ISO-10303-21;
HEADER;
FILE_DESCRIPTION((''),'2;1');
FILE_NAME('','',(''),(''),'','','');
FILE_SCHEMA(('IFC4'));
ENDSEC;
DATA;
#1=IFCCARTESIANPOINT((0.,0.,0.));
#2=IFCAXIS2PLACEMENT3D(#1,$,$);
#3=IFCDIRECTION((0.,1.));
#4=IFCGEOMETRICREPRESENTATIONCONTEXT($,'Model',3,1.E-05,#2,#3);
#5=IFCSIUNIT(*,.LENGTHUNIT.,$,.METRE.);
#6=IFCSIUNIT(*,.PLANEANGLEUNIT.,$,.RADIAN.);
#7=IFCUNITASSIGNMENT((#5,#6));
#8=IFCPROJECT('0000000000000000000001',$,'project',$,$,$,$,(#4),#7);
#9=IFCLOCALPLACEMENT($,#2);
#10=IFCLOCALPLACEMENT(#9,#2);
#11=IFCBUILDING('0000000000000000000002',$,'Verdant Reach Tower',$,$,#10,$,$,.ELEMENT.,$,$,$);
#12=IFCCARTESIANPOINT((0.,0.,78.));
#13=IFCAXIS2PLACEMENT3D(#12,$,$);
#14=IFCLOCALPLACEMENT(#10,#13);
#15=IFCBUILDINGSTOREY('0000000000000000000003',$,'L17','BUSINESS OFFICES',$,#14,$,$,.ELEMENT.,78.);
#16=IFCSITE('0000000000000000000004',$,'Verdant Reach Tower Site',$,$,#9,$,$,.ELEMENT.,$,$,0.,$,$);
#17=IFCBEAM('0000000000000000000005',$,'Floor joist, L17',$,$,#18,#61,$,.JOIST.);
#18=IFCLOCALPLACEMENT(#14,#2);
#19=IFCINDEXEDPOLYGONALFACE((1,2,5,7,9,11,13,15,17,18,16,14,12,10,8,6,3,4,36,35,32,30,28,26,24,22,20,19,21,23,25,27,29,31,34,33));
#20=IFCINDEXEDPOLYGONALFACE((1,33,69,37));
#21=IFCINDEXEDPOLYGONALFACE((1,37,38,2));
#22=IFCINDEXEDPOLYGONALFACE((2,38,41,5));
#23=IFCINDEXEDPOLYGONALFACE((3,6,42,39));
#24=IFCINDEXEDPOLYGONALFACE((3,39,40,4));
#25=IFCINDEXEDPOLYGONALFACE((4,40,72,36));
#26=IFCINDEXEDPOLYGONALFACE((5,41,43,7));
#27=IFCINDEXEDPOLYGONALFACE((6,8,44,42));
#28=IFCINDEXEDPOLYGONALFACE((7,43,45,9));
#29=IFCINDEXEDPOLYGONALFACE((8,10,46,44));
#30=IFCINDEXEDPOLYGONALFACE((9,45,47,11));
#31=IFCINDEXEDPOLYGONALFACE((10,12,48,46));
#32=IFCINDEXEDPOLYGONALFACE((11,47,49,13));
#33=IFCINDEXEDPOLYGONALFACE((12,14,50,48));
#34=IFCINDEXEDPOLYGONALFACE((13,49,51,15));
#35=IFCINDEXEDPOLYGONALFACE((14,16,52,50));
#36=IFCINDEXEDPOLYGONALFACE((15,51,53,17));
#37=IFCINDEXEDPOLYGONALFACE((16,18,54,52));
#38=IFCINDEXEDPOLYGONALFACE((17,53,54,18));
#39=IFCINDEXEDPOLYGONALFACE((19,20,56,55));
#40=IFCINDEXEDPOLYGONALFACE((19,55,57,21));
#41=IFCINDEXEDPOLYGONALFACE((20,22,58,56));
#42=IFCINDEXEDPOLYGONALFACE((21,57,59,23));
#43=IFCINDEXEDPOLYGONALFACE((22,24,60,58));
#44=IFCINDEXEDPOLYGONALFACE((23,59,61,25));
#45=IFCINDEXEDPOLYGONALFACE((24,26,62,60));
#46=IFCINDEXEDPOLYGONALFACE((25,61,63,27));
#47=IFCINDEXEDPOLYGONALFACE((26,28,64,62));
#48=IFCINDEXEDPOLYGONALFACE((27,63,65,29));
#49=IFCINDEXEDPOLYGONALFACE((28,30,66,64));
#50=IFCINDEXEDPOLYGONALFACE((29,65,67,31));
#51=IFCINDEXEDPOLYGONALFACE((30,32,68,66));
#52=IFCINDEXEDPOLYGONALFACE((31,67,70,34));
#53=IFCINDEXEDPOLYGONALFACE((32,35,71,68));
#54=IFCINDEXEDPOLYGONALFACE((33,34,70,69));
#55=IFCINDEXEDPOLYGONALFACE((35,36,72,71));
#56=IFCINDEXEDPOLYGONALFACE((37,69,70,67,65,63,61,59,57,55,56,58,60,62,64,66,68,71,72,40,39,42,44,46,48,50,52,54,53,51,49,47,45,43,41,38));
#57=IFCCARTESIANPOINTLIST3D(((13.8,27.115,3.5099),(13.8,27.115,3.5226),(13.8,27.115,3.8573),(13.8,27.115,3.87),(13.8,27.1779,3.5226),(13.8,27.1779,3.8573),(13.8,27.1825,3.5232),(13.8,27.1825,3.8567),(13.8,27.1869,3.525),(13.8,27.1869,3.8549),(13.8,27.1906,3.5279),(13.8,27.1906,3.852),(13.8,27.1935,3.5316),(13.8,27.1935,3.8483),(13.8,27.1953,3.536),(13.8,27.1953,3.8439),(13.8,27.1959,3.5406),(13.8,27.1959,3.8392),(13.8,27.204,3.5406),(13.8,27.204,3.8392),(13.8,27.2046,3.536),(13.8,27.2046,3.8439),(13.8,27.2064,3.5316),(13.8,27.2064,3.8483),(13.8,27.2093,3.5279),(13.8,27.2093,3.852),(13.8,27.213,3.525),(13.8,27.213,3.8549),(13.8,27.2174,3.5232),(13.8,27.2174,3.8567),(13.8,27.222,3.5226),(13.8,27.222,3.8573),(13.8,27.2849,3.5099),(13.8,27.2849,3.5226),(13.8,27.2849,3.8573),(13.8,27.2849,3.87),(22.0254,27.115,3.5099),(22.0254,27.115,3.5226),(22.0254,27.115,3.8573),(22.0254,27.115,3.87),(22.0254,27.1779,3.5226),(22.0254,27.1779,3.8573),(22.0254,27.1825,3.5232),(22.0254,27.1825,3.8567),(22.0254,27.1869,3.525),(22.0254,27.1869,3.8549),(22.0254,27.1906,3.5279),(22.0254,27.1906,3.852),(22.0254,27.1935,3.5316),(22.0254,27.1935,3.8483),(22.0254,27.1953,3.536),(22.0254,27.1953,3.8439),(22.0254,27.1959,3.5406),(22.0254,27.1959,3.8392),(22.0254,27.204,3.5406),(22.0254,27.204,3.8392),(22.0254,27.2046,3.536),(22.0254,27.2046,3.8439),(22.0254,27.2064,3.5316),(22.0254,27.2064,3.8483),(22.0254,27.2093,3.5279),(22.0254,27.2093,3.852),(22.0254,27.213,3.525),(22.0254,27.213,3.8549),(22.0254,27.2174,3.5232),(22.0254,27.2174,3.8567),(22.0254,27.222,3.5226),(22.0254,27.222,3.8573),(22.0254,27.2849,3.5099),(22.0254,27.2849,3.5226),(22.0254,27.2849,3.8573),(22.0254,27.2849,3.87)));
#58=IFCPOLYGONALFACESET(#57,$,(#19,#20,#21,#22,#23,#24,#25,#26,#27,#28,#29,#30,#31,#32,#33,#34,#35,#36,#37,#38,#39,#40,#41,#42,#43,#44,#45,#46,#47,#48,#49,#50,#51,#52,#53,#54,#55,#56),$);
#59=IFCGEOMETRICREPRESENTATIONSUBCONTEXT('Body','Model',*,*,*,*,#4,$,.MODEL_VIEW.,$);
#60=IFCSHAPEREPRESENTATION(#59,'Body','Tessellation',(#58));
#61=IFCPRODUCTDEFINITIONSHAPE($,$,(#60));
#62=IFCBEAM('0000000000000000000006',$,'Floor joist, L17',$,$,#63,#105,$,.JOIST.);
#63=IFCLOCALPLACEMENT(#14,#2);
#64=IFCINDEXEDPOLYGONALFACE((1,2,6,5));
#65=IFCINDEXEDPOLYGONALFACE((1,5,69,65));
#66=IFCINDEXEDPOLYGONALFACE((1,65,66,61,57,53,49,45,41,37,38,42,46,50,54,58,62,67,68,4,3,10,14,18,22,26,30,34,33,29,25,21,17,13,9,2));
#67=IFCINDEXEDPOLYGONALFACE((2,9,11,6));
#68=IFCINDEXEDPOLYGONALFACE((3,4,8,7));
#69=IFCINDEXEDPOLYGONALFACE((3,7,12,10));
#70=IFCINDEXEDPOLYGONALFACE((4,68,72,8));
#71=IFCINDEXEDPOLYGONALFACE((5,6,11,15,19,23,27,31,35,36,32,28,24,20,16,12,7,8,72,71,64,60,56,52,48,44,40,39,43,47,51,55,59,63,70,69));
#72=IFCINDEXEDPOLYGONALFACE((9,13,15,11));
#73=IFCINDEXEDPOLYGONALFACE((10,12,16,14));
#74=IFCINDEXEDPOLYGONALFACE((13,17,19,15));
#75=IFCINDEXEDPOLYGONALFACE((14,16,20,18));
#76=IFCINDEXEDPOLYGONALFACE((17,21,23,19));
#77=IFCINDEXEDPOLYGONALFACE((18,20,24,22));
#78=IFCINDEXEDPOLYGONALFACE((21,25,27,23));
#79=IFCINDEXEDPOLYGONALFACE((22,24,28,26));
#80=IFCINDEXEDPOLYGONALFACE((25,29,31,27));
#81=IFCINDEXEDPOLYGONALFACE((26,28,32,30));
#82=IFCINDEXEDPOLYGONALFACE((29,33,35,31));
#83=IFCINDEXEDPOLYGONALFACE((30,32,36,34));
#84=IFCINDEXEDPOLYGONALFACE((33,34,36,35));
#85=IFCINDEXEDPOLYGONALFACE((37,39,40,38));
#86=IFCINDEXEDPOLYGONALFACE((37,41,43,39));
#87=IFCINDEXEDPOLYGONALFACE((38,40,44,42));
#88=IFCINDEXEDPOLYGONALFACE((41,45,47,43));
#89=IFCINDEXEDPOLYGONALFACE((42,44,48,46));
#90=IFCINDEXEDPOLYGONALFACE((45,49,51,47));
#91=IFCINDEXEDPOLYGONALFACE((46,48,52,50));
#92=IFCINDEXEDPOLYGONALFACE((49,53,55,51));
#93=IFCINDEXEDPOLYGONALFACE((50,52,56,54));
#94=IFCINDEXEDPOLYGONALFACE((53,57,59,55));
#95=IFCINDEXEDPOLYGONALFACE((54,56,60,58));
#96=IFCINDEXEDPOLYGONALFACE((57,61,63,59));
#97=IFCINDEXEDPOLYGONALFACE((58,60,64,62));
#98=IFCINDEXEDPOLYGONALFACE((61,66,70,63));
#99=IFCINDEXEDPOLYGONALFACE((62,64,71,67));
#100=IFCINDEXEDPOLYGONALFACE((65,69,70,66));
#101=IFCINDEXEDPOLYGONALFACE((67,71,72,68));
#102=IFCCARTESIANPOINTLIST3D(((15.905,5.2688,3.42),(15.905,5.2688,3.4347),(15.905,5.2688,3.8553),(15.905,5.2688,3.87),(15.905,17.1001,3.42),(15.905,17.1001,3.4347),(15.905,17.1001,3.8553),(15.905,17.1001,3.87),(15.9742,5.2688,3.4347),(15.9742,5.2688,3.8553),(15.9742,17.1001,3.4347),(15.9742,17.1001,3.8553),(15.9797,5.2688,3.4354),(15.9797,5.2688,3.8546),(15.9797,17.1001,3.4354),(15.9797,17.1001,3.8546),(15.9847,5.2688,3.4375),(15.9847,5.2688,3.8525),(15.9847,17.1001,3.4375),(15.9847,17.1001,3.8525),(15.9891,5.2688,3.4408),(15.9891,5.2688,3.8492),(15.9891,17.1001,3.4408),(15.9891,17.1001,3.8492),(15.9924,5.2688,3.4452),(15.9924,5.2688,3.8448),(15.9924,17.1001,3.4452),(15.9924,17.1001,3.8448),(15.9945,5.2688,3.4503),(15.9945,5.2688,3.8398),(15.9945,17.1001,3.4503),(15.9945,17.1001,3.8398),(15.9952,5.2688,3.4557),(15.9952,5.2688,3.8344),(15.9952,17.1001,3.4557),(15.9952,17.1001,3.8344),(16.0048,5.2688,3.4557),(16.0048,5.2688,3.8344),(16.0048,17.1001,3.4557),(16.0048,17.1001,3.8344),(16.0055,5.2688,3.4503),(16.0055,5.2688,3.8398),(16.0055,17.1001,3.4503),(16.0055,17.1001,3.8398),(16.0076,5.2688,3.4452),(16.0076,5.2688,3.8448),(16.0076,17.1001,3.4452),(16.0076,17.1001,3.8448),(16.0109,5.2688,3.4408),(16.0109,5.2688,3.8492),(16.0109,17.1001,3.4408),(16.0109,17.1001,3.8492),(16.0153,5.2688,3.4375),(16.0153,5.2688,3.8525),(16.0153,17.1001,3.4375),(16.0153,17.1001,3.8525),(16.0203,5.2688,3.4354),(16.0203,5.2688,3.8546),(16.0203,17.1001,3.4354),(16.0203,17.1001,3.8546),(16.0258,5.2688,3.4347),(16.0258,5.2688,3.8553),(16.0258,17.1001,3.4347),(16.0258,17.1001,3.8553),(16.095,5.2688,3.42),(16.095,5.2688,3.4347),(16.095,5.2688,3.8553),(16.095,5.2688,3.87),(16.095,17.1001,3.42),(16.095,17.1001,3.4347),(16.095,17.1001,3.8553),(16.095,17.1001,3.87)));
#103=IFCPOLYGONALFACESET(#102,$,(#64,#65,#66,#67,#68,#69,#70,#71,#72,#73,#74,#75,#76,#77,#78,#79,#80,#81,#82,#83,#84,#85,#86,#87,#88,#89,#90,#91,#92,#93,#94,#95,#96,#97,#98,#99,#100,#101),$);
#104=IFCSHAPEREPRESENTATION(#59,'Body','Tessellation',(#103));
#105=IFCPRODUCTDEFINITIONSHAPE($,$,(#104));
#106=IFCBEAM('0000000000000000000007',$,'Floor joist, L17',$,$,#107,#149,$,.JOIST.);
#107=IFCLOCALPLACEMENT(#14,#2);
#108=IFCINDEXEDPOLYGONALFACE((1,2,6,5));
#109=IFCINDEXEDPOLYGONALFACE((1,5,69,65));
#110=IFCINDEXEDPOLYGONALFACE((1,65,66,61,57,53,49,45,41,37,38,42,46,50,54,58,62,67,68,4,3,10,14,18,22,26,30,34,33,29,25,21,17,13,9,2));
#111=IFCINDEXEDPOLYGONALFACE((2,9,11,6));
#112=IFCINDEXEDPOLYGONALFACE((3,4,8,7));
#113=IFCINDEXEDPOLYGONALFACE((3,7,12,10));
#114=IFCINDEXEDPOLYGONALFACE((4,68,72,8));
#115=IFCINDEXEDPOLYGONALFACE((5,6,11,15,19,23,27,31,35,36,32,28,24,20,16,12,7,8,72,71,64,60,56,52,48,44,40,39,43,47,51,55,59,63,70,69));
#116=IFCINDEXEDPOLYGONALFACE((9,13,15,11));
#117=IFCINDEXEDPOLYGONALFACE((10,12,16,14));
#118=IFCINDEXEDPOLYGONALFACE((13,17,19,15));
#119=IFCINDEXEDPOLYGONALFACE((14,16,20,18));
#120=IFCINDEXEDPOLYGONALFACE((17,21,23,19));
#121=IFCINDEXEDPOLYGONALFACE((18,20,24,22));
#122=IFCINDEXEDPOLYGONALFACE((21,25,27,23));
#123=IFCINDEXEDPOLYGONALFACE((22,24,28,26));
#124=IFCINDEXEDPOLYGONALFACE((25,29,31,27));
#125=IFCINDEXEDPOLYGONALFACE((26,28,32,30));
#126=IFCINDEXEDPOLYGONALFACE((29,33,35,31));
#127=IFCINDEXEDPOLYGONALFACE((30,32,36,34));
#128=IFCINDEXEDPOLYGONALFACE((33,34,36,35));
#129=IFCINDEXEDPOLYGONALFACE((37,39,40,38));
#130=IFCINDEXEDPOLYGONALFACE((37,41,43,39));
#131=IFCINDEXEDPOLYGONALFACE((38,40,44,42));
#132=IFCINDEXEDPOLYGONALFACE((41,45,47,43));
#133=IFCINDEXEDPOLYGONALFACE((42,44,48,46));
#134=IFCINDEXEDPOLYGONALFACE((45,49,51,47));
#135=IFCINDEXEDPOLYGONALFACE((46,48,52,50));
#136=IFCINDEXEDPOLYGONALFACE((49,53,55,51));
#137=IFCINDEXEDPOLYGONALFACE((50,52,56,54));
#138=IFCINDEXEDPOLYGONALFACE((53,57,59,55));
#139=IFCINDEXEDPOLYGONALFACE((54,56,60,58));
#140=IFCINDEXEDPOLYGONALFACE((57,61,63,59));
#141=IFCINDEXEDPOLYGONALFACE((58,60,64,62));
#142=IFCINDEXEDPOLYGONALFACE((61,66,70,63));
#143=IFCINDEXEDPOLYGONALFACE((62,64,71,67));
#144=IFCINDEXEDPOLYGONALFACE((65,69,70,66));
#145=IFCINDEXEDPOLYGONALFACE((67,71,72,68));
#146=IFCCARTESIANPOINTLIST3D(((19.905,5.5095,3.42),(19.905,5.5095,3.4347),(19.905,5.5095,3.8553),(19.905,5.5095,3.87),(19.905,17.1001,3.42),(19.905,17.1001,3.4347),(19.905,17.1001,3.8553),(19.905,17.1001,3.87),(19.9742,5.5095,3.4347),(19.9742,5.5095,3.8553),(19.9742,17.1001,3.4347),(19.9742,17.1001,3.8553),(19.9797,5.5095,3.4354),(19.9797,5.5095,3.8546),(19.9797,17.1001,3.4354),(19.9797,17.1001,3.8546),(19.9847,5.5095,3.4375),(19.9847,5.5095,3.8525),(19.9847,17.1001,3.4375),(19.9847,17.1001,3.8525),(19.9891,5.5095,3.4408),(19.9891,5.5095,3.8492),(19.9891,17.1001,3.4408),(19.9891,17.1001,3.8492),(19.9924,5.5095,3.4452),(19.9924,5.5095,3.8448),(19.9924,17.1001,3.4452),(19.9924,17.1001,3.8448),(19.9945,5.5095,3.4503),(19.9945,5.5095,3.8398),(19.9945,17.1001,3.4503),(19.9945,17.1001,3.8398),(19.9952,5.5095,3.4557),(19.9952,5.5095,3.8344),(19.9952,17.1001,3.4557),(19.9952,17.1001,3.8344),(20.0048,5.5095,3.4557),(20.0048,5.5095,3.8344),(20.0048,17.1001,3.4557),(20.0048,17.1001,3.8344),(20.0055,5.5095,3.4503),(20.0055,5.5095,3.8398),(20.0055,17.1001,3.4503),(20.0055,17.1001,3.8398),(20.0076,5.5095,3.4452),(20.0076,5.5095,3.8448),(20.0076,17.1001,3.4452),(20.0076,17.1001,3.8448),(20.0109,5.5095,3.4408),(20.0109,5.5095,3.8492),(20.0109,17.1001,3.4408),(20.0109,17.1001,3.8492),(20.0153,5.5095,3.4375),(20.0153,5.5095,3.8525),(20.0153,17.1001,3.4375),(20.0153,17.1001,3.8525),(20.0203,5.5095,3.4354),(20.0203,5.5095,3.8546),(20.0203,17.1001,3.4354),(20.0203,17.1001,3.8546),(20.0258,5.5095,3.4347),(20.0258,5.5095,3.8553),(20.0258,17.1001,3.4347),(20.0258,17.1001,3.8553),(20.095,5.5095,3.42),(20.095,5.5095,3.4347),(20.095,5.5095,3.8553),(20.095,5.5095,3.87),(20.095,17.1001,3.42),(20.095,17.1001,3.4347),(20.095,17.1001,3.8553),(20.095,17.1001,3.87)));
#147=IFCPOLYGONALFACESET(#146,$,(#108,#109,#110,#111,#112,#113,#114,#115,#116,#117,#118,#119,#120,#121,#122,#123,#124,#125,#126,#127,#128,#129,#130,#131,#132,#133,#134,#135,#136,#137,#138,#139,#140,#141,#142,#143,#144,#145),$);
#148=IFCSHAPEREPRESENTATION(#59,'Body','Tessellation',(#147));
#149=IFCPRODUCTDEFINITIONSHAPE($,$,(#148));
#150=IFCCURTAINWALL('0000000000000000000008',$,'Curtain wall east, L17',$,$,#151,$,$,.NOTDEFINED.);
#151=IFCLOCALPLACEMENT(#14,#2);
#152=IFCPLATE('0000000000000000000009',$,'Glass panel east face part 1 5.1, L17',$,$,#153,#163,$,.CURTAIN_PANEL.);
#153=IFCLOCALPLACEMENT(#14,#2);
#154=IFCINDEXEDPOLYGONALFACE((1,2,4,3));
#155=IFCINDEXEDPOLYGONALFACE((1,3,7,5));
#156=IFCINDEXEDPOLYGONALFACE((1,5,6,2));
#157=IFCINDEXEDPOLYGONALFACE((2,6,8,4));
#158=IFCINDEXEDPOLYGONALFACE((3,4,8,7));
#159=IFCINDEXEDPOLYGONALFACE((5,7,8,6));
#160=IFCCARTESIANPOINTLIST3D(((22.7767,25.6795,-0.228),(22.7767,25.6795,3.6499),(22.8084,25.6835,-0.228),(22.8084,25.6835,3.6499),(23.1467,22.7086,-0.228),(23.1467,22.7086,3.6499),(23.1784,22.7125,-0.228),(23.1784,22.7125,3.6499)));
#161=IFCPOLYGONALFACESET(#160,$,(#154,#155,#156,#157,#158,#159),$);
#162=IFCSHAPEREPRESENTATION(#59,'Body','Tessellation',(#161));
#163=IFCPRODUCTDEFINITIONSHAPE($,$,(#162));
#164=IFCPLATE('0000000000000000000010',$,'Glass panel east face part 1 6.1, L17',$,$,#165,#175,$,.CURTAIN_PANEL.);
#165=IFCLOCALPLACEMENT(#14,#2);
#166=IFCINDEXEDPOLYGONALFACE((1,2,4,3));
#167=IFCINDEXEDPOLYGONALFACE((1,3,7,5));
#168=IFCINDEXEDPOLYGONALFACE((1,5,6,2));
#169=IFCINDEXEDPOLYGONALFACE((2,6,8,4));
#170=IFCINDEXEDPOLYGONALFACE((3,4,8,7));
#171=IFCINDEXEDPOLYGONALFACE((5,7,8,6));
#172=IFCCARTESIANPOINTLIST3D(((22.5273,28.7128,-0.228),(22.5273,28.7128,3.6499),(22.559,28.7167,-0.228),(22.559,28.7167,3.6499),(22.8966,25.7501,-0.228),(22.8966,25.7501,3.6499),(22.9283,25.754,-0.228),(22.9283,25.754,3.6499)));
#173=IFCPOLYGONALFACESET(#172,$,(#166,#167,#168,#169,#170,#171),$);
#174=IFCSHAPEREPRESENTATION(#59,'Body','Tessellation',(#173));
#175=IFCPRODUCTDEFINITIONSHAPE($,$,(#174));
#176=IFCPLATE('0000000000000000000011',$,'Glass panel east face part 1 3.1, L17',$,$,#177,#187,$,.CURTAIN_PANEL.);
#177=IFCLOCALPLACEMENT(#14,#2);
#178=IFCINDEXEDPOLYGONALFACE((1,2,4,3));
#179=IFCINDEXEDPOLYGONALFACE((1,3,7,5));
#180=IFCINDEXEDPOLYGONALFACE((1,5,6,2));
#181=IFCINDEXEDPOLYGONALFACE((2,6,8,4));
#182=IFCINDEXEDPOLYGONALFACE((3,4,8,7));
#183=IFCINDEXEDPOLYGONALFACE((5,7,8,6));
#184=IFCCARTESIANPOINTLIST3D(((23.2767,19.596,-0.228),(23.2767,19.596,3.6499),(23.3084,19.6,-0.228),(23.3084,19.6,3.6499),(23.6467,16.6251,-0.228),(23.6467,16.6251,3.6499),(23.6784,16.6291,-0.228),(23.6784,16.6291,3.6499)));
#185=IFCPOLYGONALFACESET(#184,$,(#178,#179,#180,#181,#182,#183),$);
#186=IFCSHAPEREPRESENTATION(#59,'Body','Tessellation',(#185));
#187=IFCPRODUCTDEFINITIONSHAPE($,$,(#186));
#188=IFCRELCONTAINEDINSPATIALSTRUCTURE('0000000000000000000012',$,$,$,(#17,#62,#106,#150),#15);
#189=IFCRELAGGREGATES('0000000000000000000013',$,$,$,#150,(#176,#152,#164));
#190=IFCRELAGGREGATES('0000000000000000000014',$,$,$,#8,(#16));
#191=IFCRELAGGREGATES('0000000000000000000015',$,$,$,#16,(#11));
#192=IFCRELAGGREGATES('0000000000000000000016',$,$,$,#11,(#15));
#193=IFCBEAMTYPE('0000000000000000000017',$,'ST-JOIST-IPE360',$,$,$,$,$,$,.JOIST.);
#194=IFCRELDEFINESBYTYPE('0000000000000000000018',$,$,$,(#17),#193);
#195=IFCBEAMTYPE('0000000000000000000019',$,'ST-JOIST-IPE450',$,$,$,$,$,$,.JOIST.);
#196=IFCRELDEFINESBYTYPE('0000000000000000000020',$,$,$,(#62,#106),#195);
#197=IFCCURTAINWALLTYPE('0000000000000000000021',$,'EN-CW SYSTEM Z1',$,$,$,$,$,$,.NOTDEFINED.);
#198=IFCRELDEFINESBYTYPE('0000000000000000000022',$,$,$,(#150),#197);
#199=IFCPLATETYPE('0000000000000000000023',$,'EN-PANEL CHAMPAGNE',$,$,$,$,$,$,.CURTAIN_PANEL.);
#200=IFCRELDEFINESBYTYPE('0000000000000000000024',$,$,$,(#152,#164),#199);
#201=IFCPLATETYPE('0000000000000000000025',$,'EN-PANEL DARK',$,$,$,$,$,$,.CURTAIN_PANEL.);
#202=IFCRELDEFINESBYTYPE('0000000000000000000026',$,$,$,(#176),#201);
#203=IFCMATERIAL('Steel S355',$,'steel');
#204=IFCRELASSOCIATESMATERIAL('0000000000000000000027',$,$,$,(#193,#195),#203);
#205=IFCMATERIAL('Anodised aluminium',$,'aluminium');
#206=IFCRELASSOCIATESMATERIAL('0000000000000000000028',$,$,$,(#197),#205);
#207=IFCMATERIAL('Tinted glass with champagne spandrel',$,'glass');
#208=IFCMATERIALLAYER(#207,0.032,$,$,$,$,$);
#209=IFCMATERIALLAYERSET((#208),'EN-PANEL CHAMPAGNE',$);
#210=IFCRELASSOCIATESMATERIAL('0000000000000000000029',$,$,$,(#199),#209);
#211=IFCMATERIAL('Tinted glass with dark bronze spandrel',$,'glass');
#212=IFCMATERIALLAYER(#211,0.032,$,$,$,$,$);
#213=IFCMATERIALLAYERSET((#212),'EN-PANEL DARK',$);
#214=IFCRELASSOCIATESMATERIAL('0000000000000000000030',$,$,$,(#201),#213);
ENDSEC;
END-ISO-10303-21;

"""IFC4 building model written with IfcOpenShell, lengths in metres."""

from ifc_helpers import new_model, si_unit, direction, frame, origin, origin_2d, place, context, subcontext, project, spatial, rectangle, i_section, extrude, material, layer, layer_set, material_profile, profile_set, type_object, element, aggregate, save


model = new_model("IFC4")

# Units and contexts
model_context = context("Model", 3, precision=1e-05, world=origin(), true_north=direction((0.0, 1.0)))
body_context = subcontext(model_context, "Body", "Model", "MODEL_VIEW")
ifc_project = project(units=[si_unit("LENGTHUNIT", "METRE"), si_unit("PLANEANGLEUNIT", "RADIAN")], contexts=[model_context])

# Site, building, storey
site_placement = place(None, origin())
site = spatial("IfcSite", under=ifc_project, at=site_placement, Name="Verdant Reach Tower Site", CompositionType="ELEMENT", RefElevation=0.0)
building_placement = place(site_placement, origin())
building = spatial("IfcBuilding", under=site, at=building_placement, Name="Verdant Reach Tower", CompositionType="ELEMENT")
storey_placement = place(building_placement, frame((0.0, 0.0, 78.0)))
storey = spatial("IfcBuildingStorey", under=building, at=storey_placement, Name="L17", Description="BUSINESS OFFICES", CompositionType="ELEMENT", Elevation=78.0)

# Beams
ifc_material_1 = material(Name="Steel S355", Category="steel")
ifc_material_profile_1 = material_profile(ifc_material_1, i_section(OverallWidth=0.1699, OverallDepth=0.3601, WebThickness=0.0081, FlangeThickness=0.0127, FilletRadius=0.0181, at=origin_2d()), Name="IPE 360")
ifc_profile_set_1 = profile_set([ifc_material_profile_1], Name="Steel S355")
beam_type_1 = type_object("IfcBeamType", Name="ST-JOIST-IPE360", PredefinedType="JOIST", material=ifc_profile_set_1)
beam_1_placement = place(storey_placement, frame((13.8, 27.2, 3.6899), z_axis=(1.0, 0.0, 0.0), x_axis=(0.0, 1.0, 0.0)))
element("IfcBeam", 1, at=beam_1_placement, inside=storey, type_object=beam_type_1, Name="Floor joist, L17", PredefinedType="JOIST", context=body_context, shape_type="SweptSolid", body=[
    extrude(i_section(OverallWidth=0.1699, OverallDepth=0.3601, WebThickness=0.0081, FlangeThickness=0.0127, FilletRadius=0.0181, at=origin_2d()), origin(), (0.0, 0.0, 1.0), 8.2253),
])
ifc_material_profile_2 = material_profile(ifc_material_1, i_section(OverallWidth=0.1899, OverallDepth=0.45, WebThickness=0.0095, FlangeThickness=0.0146, FilletRadius=0.021, at=origin_2d()), Name="IPE 450")
ifc_profile_set_2 = profile_set([ifc_material_profile_2], Name="Steel S355")
beam_type_2 = type_object("IfcBeamType", Name="ST-JOIST-IPE450", PredefinedType="JOIST", material=ifc_profile_set_2)
beam_2_placement = place(storey_placement, frame((16.0, 17.1001, 3.645), z_axis=(0.0, -1.0, 0.0), x_axis=(1.0, 0.0, 0.0)))
element("IfcBeam", 2, at=beam_2_placement, inside=storey, type_object=beam_type_2, Name="Floor joist, L17", PredefinedType="JOIST", context=body_context, shape_type="SweptSolid", body=[
    extrude(i_section(OverallWidth=0.1899, OverallDepth=0.45, WebThickness=0.0095, FlangeThickness=0.0146, FilletRadius=0.021, at=origin_2d()), origin(), (0.0, 0.0, 1.0), 11.8313),
])
beam_3_placement = place(storey_placement, frame((20.0, 17.1001, 3.645), z_axis=(0.0, -1.0, 0.0), x_axis=(1.0, 0.0, 0.0)))
element("IfcBeam", 3, at=beam_3_placement, inside=storey, type_object=beam_type_2, Name="Floor joist, L17", PredefinedType="JOIST", context=body_context, shape_type="SweptSolid", body=[
    extrude(i_section(OverallWidth=0.1899, OverallDepth=0.45, WebThickness=0.0095, FlangeThickness=0.0146, FilletRadius=0.021, at=origin_2d()), origin(), (0.0, 0.0, 1.0), 11.5906),
])

# Curtain wall, plates
ifc_material_2 = material(Name="Anodised aluminium", Category="aluminium")
curtain_wall_type = type_object("IfcCurtainWallType", Name="EN-CW SYSTEM Z1", PredefinedType="NOTDEFINED", material=ifc_material_2)
curtain_wall_placement = place(storey_placement, origin())
curtain_wall = element("IfcCurtainWall", 4, at=curtain_wall_placement, inside=storey, type_object=curtain_wall_type, Name="Curtain wall east, L17", PredefinedType="NOTDEFINED")
ifc_material_3 = material(Name="Tinted glass with champagne spandrel", Category="glass")
ifc_layer_1 = layer(ifc_material_3, 0.032)
ifc_layer_set_1 = layer_set([ifc_layer_1], Name="EN-PANEL CHAMPAGNE")
plate_type_1 = type_object("IfcPlateType", Name="EN-PANEL CHAMPAGNE", PredefinedType="CURTAIN_PANEL", material=ifc_layer_set_1)
plate_1_placement = place(storey_placement, frame((22.9775, 24.196, -0.228), z_axis=(0.0, 0.0, 1.0), x_axis=(-0.123579, 0.992335, 0.0)))
plate_1 = element("IfcPlate", 5, at=plate_1_placement, type_object=plate_type_1, Name="Glass panel east face part 1 5.1, L17", PredefinedType="CURTAIN_PANEL", context=body_context, shape_type="SweptSolid", body=[
    extrude(rectangle(XDim=2.9939, YDim=0.032, at=origin_2d()), origin(), (0.0, 0.0, 1.0), 3.8779),
])
plate_2_placement = place(storey_placement, frame((22.7278, 27.2334, -0.228), z_axis=(0.0, 0.0, 1.0), x_axis=(-0.123691, 0.992321, 0.0)))
plate_2 = element("IfcPlate", 6, at=plate_2_placement, type_object=plate_type_1, Name="Glass panel east face part 1 6.1, L17", PredefinedType="CURTAIN_PANEL", context=body_context, shape_type="SweptSolid", body=[
    extrude(rectangle(XDim=2.9856, YDim=0.032, at=origin_2d()), origin(), (0.0, 0.0, 1.0), 3.8779),
])
ifc_material_4 = material(Name="Tinted glass with dark bronze spandrel", Category="glass")
ifc_layer_2 = layer(ifc_material_4, 0.032)
ifc_layer_set_2 = layer_set([ifc_layer_2], Name="EN-PANEL DARK")
plate_type_2 = type_object("IfcPlateType", Name="EN-PANEL DARK", PredefinedType="CURTAIN_PANEL", material=ifc_layer_set_2)
plate_3_placement = place(storey_placement, frame((23.4775, 18.1125, -0.228), z_axis=(0.0, 0.0, 1.0), x_axis=(-0.123579, 0.992335, 0.0)))
plate_3 = element("IfcPlate", 7, at=plate_3_placement, type_object=plate_type_2, Name="Glass panel east face part 1 3.1, L17", PredefinedType="CURTAIN_PANEL", context=body_context, shape_type="SweptSolid", body=[
    extrude(rectangle(XDim=2.9939, YDim=0.032, at=origin_2d()), origin(), (0.0, 0.0, 1.0), 3.8779),
])
aggregate(curtain_wall, [plate_3, plate_1, plate_2])

save(model, "model.ifc")
